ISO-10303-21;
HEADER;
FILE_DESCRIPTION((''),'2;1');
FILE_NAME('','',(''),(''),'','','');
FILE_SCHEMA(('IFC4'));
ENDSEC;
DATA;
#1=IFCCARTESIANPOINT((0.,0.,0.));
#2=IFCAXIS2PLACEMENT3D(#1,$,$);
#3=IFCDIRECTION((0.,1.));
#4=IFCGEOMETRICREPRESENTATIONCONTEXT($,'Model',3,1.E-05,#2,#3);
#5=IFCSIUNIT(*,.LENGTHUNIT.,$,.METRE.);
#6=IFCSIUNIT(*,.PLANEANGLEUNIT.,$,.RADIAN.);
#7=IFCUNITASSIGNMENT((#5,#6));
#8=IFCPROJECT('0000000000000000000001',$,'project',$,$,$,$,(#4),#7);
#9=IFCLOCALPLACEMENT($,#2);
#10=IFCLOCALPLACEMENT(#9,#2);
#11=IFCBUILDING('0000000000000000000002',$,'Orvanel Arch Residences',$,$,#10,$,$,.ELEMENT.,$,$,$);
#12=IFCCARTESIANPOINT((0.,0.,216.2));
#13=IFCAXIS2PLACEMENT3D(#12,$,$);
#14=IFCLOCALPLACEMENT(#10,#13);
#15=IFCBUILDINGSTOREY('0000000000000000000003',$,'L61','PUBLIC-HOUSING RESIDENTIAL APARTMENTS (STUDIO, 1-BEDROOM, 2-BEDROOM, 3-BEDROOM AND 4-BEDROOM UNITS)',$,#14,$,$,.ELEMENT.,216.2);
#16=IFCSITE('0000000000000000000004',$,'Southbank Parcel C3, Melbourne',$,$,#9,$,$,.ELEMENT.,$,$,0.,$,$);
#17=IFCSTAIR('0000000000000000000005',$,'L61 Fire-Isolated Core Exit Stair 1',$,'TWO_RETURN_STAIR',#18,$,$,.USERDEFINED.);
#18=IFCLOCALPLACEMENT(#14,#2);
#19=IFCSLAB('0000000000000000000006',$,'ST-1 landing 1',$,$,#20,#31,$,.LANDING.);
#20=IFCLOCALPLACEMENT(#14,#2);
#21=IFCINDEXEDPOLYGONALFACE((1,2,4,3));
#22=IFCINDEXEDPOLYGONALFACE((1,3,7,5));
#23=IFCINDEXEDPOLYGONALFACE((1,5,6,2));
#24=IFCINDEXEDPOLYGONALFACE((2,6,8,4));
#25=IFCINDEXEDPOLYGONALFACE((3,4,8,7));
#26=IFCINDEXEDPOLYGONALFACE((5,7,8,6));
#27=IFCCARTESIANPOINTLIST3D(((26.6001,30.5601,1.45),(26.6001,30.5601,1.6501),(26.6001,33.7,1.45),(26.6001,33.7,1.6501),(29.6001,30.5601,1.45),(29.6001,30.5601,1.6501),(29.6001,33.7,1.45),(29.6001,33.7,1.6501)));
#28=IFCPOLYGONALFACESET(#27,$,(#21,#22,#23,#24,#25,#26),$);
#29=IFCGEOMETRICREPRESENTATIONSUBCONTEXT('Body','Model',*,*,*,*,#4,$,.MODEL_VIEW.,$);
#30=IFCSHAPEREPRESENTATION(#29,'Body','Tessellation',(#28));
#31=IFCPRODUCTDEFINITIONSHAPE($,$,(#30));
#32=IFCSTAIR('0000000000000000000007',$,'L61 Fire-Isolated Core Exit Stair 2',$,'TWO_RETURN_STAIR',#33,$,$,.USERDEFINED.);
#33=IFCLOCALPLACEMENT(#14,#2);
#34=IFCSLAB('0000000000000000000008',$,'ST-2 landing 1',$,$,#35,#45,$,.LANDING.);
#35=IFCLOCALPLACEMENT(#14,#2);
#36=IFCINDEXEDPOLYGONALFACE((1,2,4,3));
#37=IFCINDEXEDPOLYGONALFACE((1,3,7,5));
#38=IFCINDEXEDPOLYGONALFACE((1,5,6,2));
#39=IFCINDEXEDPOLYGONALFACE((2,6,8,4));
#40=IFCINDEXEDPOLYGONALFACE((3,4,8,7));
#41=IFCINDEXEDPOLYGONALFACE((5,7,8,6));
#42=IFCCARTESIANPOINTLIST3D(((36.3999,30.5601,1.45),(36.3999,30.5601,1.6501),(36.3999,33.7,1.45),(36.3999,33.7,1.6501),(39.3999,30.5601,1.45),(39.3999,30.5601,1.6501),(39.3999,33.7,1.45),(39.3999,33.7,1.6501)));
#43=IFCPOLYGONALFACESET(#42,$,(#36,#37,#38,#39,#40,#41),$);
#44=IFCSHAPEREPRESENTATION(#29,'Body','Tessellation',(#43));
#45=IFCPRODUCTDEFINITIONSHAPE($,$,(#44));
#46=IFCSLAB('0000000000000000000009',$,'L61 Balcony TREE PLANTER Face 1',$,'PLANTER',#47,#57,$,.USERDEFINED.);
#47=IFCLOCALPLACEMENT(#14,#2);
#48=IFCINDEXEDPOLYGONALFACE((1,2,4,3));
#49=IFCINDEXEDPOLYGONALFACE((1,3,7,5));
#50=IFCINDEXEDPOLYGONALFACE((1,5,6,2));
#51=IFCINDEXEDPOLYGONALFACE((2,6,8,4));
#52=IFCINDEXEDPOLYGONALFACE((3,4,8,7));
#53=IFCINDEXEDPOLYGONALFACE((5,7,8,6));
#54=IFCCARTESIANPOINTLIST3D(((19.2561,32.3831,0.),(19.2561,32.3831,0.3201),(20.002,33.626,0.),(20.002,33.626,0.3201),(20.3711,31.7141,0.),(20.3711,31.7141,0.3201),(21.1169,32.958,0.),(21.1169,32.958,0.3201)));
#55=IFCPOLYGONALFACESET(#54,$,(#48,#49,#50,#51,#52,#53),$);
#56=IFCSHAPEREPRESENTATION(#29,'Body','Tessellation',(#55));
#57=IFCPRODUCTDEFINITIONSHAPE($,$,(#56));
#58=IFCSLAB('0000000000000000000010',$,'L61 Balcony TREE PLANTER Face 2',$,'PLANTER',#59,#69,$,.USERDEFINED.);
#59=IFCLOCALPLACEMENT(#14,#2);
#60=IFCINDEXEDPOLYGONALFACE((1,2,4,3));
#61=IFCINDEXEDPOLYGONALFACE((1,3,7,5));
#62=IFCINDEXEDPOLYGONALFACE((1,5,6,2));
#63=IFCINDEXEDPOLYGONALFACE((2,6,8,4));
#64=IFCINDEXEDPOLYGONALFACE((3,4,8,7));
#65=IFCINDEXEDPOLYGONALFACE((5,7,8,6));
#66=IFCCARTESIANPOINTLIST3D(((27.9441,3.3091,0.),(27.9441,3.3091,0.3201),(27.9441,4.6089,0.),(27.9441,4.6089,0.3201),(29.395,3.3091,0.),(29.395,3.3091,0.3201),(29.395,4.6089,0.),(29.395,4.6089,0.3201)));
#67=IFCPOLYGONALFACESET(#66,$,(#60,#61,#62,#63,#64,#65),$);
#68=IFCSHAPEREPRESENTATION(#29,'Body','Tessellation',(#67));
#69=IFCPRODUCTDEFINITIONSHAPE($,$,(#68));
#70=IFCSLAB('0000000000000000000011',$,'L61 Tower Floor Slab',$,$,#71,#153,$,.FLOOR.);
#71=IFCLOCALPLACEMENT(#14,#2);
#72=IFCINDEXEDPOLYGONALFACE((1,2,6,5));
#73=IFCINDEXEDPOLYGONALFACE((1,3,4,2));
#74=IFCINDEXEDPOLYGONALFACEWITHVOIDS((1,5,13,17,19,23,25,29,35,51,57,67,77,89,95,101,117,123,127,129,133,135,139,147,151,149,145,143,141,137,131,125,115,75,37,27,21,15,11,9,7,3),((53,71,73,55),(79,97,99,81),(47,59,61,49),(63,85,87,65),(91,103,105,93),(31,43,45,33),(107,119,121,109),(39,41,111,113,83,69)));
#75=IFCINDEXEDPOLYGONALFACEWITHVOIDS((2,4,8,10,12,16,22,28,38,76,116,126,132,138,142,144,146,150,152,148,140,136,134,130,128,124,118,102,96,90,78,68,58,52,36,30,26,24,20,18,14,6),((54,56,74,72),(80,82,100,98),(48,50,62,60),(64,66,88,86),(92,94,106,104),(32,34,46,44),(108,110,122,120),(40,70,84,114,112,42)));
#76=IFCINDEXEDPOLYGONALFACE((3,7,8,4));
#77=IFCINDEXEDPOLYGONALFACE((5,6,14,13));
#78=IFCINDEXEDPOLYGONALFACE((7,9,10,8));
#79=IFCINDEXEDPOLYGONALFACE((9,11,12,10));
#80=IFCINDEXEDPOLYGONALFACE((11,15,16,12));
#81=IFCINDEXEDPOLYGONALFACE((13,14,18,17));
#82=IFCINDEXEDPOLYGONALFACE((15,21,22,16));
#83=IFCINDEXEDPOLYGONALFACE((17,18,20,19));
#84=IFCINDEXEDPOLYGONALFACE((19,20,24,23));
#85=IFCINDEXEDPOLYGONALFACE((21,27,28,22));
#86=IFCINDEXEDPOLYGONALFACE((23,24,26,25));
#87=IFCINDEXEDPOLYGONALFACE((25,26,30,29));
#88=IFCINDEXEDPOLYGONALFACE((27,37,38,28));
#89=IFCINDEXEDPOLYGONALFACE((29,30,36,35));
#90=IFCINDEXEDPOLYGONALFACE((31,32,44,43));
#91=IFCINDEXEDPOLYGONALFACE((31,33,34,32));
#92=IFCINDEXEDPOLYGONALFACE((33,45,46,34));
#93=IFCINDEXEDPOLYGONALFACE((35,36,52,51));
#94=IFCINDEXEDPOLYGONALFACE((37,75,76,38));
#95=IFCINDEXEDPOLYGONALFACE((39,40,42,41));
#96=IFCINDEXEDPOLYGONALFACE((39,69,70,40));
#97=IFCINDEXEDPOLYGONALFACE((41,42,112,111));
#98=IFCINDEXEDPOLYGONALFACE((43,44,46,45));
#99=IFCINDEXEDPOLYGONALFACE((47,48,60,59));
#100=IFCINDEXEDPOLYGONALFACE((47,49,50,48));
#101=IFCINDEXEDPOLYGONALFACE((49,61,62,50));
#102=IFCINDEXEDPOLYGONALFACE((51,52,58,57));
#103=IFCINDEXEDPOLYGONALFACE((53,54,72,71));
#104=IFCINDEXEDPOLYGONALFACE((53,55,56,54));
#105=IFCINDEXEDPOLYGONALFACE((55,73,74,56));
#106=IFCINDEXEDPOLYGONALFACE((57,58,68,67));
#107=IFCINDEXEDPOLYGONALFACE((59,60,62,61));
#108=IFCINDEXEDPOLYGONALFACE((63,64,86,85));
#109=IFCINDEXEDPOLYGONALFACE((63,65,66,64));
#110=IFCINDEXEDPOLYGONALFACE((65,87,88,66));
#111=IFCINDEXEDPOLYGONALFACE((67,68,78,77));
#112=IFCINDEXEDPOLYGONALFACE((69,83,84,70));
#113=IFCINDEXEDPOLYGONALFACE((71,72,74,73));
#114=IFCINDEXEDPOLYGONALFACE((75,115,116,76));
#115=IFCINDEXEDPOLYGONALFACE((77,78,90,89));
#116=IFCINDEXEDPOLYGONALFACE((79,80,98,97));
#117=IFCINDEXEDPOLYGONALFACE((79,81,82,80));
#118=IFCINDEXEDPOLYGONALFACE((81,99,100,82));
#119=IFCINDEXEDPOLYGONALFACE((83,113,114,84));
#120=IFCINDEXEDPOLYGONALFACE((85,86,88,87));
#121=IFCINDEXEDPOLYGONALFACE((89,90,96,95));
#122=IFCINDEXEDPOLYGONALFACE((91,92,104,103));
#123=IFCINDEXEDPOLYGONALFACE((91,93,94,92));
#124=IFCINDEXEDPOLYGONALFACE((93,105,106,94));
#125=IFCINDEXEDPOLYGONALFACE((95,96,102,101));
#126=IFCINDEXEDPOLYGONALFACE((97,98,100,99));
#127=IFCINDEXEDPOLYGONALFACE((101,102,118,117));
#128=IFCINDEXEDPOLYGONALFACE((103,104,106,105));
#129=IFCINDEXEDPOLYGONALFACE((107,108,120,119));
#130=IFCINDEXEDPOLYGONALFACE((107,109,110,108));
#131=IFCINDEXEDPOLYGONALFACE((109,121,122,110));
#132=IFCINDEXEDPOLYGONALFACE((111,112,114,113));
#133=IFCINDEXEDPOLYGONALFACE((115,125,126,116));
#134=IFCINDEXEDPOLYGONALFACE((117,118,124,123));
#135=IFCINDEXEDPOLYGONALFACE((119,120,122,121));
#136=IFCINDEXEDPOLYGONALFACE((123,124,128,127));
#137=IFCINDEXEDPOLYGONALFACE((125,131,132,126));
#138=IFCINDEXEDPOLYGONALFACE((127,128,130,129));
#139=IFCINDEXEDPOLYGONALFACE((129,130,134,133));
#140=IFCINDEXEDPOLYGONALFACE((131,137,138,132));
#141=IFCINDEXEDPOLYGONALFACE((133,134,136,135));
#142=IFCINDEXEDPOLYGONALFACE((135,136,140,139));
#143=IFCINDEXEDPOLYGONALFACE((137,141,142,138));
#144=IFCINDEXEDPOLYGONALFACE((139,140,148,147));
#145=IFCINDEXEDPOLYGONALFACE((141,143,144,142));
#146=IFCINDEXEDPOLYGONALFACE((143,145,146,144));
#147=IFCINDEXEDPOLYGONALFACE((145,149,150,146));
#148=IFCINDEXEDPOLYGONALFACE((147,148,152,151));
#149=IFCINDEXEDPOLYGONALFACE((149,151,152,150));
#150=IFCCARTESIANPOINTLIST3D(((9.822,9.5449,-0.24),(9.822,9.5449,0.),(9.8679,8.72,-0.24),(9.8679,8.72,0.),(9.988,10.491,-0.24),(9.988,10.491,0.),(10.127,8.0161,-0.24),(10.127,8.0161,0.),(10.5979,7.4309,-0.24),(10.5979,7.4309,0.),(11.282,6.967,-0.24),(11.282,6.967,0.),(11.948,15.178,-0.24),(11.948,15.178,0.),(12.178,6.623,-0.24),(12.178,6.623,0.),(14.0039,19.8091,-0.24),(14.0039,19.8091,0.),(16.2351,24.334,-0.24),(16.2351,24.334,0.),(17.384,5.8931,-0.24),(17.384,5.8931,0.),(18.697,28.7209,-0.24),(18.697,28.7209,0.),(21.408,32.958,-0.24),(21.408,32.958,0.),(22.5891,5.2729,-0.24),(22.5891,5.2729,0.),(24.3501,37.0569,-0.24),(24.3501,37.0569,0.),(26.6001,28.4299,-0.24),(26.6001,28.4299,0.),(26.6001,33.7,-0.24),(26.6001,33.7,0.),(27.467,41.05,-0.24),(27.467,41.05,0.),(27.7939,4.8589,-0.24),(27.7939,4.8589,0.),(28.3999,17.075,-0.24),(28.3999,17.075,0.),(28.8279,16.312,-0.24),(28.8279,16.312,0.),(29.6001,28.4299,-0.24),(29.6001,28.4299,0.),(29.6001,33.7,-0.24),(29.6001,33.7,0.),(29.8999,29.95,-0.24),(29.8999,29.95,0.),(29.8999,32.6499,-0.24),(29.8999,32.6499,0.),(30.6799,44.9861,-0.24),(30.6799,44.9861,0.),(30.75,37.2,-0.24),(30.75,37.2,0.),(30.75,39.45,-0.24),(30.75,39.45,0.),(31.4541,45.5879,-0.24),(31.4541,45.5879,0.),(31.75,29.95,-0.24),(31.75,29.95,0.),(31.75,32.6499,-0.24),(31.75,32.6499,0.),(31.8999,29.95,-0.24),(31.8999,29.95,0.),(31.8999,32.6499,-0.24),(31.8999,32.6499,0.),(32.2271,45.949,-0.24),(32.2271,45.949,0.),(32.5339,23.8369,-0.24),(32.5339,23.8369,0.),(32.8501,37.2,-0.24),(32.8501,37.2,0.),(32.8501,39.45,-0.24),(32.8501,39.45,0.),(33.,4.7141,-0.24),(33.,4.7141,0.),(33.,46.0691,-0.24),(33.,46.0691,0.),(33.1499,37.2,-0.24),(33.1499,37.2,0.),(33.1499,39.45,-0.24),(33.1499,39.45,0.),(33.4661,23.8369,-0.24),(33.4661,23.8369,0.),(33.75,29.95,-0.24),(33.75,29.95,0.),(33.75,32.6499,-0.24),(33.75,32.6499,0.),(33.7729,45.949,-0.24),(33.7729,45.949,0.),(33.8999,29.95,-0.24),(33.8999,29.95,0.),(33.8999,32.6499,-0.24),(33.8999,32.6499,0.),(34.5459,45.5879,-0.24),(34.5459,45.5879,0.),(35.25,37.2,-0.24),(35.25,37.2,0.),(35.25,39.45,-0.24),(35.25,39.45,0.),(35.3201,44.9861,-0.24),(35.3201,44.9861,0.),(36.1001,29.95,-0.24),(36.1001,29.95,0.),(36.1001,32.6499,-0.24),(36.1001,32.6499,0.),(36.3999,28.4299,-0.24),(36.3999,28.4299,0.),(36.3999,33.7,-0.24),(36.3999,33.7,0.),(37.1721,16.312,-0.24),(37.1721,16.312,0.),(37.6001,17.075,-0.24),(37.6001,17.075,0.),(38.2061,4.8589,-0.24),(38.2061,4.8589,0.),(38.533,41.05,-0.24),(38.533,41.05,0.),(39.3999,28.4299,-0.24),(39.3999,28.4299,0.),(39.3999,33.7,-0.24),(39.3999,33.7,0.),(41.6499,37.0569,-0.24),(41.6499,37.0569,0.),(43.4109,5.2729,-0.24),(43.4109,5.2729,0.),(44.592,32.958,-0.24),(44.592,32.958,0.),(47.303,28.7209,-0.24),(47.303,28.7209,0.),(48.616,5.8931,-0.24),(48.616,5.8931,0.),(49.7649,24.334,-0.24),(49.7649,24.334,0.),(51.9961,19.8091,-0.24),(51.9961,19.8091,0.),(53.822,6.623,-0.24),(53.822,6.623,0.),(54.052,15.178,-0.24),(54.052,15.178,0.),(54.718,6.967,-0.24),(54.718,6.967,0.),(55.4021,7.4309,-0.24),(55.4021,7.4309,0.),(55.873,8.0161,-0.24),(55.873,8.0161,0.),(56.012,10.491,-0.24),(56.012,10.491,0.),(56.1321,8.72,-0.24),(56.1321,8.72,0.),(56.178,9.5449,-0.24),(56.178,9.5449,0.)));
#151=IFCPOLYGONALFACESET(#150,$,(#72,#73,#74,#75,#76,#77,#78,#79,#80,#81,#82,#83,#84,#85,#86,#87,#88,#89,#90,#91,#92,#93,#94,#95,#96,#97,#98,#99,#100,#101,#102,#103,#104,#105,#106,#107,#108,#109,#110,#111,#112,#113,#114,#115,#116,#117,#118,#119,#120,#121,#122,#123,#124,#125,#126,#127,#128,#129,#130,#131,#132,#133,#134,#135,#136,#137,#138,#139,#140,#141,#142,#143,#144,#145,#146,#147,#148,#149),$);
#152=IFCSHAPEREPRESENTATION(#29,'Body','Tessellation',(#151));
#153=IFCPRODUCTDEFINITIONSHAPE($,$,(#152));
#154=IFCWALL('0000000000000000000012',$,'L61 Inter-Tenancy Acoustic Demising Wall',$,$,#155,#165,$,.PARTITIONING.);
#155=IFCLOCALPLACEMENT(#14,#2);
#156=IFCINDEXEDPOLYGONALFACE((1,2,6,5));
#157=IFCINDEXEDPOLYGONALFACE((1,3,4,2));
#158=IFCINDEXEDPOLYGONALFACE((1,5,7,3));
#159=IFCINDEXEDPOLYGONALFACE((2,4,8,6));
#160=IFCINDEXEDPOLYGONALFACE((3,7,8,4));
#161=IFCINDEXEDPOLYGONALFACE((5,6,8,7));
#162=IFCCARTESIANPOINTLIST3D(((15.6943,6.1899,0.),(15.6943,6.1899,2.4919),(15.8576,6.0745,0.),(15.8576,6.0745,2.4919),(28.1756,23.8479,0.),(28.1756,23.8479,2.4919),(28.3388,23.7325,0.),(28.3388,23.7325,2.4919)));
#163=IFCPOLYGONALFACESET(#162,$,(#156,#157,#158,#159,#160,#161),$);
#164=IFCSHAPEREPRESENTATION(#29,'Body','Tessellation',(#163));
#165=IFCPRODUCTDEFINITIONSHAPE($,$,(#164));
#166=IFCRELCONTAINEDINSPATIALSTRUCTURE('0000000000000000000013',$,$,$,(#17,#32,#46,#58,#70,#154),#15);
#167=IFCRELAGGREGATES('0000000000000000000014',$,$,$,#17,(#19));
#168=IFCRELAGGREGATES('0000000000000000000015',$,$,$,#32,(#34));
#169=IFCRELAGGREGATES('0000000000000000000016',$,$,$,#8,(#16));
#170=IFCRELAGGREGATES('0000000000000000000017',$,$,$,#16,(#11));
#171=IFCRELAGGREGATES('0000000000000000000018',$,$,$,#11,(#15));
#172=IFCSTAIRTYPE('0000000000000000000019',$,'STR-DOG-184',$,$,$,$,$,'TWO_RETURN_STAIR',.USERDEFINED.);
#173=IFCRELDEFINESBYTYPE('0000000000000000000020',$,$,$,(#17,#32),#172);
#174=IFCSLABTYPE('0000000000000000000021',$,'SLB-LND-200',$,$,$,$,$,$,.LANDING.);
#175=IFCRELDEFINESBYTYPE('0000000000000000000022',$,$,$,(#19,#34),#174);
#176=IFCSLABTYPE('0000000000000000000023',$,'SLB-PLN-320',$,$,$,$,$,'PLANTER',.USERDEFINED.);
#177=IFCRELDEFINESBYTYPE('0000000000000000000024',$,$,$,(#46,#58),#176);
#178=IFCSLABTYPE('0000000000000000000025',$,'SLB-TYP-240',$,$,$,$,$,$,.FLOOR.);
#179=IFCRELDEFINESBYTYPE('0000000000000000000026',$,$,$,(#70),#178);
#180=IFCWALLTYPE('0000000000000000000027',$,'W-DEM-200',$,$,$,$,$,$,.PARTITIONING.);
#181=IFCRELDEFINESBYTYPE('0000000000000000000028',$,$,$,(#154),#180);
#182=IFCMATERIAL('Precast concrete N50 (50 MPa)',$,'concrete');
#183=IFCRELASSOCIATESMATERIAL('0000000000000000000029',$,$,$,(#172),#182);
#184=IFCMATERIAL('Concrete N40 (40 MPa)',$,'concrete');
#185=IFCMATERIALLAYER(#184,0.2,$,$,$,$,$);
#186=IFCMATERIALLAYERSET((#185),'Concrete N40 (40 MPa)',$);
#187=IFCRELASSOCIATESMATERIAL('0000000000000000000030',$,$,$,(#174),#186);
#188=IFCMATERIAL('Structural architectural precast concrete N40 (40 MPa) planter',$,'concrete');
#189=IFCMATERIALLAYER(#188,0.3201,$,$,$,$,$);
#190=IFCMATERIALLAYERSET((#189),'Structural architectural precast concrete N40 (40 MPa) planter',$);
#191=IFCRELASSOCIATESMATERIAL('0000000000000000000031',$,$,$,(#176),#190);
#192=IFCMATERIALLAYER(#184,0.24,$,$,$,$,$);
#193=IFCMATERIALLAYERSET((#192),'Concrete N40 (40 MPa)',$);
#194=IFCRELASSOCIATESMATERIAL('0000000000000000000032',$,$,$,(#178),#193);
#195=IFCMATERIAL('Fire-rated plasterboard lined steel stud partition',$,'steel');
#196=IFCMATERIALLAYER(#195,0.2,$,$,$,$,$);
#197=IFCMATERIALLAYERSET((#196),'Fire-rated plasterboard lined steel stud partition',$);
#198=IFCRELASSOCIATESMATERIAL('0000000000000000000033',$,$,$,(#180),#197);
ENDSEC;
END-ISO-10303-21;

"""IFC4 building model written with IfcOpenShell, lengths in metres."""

from ifc_helpers import new_model, si_unit, direction, frame, frame_2d, origin, place, context, subcontext, project, spatial, polyline, rectangle, outline, extrude, material, layer, layer_set, type_object, element, aggregate, save


model = new_model("IFC4")

# Units and contexts
model_context = context("Model", 3, precision=1e-05, world=origin(), true_north=direction((0.0, 1.0)))
body_context = subcontext(model_context, "Body", "Model", "MODEL_VIEW")
ifc_project = project(units=[si_unit("LENGTHUNIT", "METRE"), si_unit("PLANEANGLEUNIT", "RADIAN")], contexts=[model_context])

# Site, building, storey
site_placement = place(None, origin())
site = spatial("IfcSite", under=ifc_project, at=site_placement, Name="Southbank Parcel C3, Melbourne", CompositionType="ELEMENT", RefElevation=0.0)
building_placement = place(site_placement, origin())
building = spatial("IfcBuilding", under=site, at=building_placement, Name="Orvanel Arch Residences", CompositionType="ELEMENT")
storey_placement = place(building_placement, frame((0.0, 0.0, 216.2)))
storey = spatial("IfcBuildingStorey", under=building, at=storey_placement, Name="L61", Description="PUBLIC-HOUSING RESIDENTIAL APARTMENTS (STUDIO, 1-BEDROOM, 2-BEDROOM, 3-BEDROOM AND 4-BEDROOM UNITS)", CompositionType="ELEMENT", Elevation=216.2)

# Shared definitions
ifc_material_1 = material(Name="Concrete N40 (40 MPa)", Category="concrete")

# Stairs, slabs
ifc_material_2 = material(Name="Precast concrete N50 (50 MPa)", Category="concrete")
stair_type = type_object("IfcStairType", Name="STR-DOG-184", ElementType="TWO_RETURN_STAIR", PredefinedType="USERDEFINED", material=ifc_material_2)
stair_1_placement = place(storey_placement, origin())
stair_1 = element("IfcStair", 1, at=stair_1_placement, inside=storey, type_object=stair_type, Name="L61 Fire-Isolated Core Exit Stair 1", ObjectType="TWO_RETURN_STAIR", PredefinedType="USERDEFINED")
ifc_layer_1 = layer(ifc_material_1, 0.2)
ifc_layer_set_1 = layer_set([ifc_layer_1], Name="Concrete N40 (40 MPa)")
slab_type_1 = type_object("IfcSlabType", Name="SLB-LND-200", PredefinedType="LANDING", material=ifc_layer_set_1)
slab_1_placement = place(storey_placement, frame((0.0, 0.0, 1.45)))
slab_1 = element("IfcSlab", 2, at=slab_1_placement, type_object=slab_type_1, Name="ST-1 landing 1", PredefinedType="LANDING", context=body_context, shape_type="SweptSolid", body=[
    extrude(outline(polyline([(29.6001, 30.5601), (29.6001, 33.7), (26.6001, 33.7), (26.6001, 30.5601), (29.6001, 30.5601)])), origin(), (0.0, 0.0, 1.0), 0.2002),
])
aggregate(stair_1, [slab_1])
stair_2_placement = place(storey_placement, origin())
stair_2 = element("IfcStair", 3, at=stair_2_placement, inside=storey, type_object=stair_type, Name="L61 Fire-Isolated Core Exit Stair 2", ObjectType="TWO_RETURN_STAIR", PredefinedType="USERDEFINED")
slab_2_placement = place(storey_placement, frame((0.0, 0.0, 1.45)))
slab_2 = element("IfcSlab", 4, at=slab_2_placement, type_object=slab_type_1, Name="ST-2 landing 1", PredefinedType="LANDING", context=body_context, shape_type="SweptSolid", body=[
    extrude(outline(polyline([(39.3999, 30.5601), (39.3999, 33.7), (36.3999, 33.7), (36.3999, 30.5601), (39.3999, 30.5601)])), origin(), (0.0, 0.0, 1.0), 0.2002),
])
aggregate(stair_2, [slab_2])

# Slabs
ifc_material_3 = material(Name="Structural architectural precast concrete N40 (40 MPa) planter", Category="concrete")
ifc_layer_2 = layer(ifc_material_3, 0.3201)
ifc_layer_set_2 = layer_set([ifc_layer_2], Name="Structural architectural precast concrete N40 (40 MPa) planter")
slab_type_2 = type_object("IfcSlabType", Name="SLB-PLN-320", ElementType="PLANTER", PredefinedType="USERDEFINED", material=ifc_layer_set_2)
slab_3_placement = place(storey_placement, origin())
element("IfcSlab", 5, at=slab_3_placement, inside=storey, type_object=slab_type_2, Name="L61 Balcony TREE PLANTER Face 1", ObjectType="PLANTER", PredefinedType="USERDEFINED", context=body_context, shape_type="SweptSolid", body=[
    extrude(outline(polyline([(20.002, 33.626), (19.2561, 32.3831), (20.3711, 31.7141), (21.1169, 32.958), (20.002, 33.626)])), origin(), (0.0, 0.0, 1.0), 0.3201),
])
slab_4_placement = place(storey_placement, origin())
element("IfcSlab", 6, at=slab_4_placement, inside=storey, type_object=slab_type_2, Name="L61 Balcony TREE PLANTER Face 2", ObjectType="PLANTER", PredefinedType="USERDEFINED", context=body_context, shape_type="SweptSolid", body=[
    extrude(outline(polyline([(27.9441, 3.3091), (29.395, 3.3091), (29.395, 4.6089), (27.9441, 4.6089), (27.9441, 3.3091)])), origin(), (0.0, 0.0, 1.0), 0.3201),
])
ifc_layer_3 = layer(ifc_material_1, 0.24)
ifc_layer_set_3 = layer_set([ifc_layer_3], Name="Concrete N40 (40 MPa)")
slab_type_3 = type_object("IfcSlabType", Name="SLB-TYP-240", PredefinedType="FLOOR", material=ifc_layer_set_3)
slab_5_placement = place(storey_placement, frame((0.0, 0.0, -0.24)))
element("IfcSlab", 7, at=slab_5_placement, inside=storey, type_object=slab_type_3, Name="L61 Tower Floor Slab", PredefinedType="FLOOR", context=body_context, shape_type="SweptSolid", body=[
    extrude(outline(polyline([(35.3201, 44.9861), (34.5459, 45.5879), (33.7729, 45.949), (33.0, 46.0691), (32.2271, 45.949), (31.4541, 45.5879), (30.6799, 44.9861), (27.467, 41.05), (24.3501, 37.0569), (21.408, 32.958), (18.697, 28.7209), (16.2351, 24.334), (14.0039, 19.8091), (11.948, 15.178), (9.988, 10.491), (9.822, 9.5449), (9.8679, 8.72), (10.127, 8.0161), (10.5979, 7.4309), (11.282, 6.967), (12.178, 6.623), (17.384, 5.8931), (22.5891, 5.2729), (27.7939, 4.8589), (33.0, 4.7141), (38.2061, 4.8589), (43.4109, 5.2729), (48.616, 5.8931), (53.822, 6.623), (54.718, 6.967), (55.4021, 7.4309), (55.873, 8.0161), (56.1321, 8.72), (56.178, 9.5449), (56.012, 10.491), (54.052, 15.178), (51.9961, 19.8091), (49.7649, 24.334), (47.303, 28.7209), (44.592, 32.958), (41.6499, 37.0569), (38.533, 41.05), (35.3201, 44.9861)]), holes=[polyline([(26.6001, 28.4299), (26.6001, 33.7), (29.6001, 33.7), (29.6001, 28.4299), (26.6001, 28.4299)]), polyline([(36.3999, 28.4299), (36.3999, 33.7), (39.3999, 33.7), (39.3999, 28.4299), (36.3999, 28.4299)]), polyline([(29.8999, 32.6499), (31.75, 32.6499), (31.75, 29.95), (29.8999, 29.95), (29.8999, 32.6499)]), polyline([(31.8999, 32.6499), (33.75, 32.6499), (33.75, 29.95), (31.8999, 29.95), (31.8999, 32.6499)]), polyline([(33.8999, 32.6499), (36.1001, 32.6499), (36.1001, 29.95), (33.8999, 29.95), (33.8999, 32.6499)]), polyline([(30.75, 39.45), (32.8501, 39.45), (32.8501, 37.2), (30.75, 37.2), (30.75, 39.45)]), polyline([(33.1499, 39.45), (35.25, 39.45), (35.25, 37.2), (33.1499, 37.2), (33.1499, 39.45)]), polyline([(37.6001, 17.075), (37.1721, 16.312), (28.8279, 16.312), (28.3999, 17.075), (32.5339, 23.8369), (33.4661, 23.8369), (37.6001, 17.075)])]), origin(), (0.0, 0.0, 1.0), 0.24),
])

# Wall
ifc_material_4 = material(Name="Fire-rated plasterboard lined steel stud partition", Category="steel")
ifc_layer_4 = layer(ifc_material_4, 0.2)
ifc_layer_set_4 = layer_set([ifc_layer_4], Name="Fire-rated plasterboard lined steel stud partition")
wall_type_1 = type_object("IfcWallType", Name="W-DEM-200", PredefinedType="PARTITIONING", material=ifc_layer_set_4)
wall_1_placement = place(storey_placement, frame((15.7759, 6.1321, 0.0), z_axis=(0.0, 0.0, 1.0), x_axis=(0.5772, 0.816603, 0.0)))
element("IfcWall", 8, at=wall_1_placement, inside=storey, type_object=wall_type_1, Name="L61 Inter-Tenancy Acoustic Demising Wall", PredefinedType="PARTITIONING", context=body_context, shape_type="SweptSolid", body=[
    extrude(rectangle(XDim=21.6238, YDim=0.2, at=frame_2d((10.812, 0.0))), origin(), (0.0, 0.0, 1.0), 2.4919),
])

save(model, "model.ifc")
